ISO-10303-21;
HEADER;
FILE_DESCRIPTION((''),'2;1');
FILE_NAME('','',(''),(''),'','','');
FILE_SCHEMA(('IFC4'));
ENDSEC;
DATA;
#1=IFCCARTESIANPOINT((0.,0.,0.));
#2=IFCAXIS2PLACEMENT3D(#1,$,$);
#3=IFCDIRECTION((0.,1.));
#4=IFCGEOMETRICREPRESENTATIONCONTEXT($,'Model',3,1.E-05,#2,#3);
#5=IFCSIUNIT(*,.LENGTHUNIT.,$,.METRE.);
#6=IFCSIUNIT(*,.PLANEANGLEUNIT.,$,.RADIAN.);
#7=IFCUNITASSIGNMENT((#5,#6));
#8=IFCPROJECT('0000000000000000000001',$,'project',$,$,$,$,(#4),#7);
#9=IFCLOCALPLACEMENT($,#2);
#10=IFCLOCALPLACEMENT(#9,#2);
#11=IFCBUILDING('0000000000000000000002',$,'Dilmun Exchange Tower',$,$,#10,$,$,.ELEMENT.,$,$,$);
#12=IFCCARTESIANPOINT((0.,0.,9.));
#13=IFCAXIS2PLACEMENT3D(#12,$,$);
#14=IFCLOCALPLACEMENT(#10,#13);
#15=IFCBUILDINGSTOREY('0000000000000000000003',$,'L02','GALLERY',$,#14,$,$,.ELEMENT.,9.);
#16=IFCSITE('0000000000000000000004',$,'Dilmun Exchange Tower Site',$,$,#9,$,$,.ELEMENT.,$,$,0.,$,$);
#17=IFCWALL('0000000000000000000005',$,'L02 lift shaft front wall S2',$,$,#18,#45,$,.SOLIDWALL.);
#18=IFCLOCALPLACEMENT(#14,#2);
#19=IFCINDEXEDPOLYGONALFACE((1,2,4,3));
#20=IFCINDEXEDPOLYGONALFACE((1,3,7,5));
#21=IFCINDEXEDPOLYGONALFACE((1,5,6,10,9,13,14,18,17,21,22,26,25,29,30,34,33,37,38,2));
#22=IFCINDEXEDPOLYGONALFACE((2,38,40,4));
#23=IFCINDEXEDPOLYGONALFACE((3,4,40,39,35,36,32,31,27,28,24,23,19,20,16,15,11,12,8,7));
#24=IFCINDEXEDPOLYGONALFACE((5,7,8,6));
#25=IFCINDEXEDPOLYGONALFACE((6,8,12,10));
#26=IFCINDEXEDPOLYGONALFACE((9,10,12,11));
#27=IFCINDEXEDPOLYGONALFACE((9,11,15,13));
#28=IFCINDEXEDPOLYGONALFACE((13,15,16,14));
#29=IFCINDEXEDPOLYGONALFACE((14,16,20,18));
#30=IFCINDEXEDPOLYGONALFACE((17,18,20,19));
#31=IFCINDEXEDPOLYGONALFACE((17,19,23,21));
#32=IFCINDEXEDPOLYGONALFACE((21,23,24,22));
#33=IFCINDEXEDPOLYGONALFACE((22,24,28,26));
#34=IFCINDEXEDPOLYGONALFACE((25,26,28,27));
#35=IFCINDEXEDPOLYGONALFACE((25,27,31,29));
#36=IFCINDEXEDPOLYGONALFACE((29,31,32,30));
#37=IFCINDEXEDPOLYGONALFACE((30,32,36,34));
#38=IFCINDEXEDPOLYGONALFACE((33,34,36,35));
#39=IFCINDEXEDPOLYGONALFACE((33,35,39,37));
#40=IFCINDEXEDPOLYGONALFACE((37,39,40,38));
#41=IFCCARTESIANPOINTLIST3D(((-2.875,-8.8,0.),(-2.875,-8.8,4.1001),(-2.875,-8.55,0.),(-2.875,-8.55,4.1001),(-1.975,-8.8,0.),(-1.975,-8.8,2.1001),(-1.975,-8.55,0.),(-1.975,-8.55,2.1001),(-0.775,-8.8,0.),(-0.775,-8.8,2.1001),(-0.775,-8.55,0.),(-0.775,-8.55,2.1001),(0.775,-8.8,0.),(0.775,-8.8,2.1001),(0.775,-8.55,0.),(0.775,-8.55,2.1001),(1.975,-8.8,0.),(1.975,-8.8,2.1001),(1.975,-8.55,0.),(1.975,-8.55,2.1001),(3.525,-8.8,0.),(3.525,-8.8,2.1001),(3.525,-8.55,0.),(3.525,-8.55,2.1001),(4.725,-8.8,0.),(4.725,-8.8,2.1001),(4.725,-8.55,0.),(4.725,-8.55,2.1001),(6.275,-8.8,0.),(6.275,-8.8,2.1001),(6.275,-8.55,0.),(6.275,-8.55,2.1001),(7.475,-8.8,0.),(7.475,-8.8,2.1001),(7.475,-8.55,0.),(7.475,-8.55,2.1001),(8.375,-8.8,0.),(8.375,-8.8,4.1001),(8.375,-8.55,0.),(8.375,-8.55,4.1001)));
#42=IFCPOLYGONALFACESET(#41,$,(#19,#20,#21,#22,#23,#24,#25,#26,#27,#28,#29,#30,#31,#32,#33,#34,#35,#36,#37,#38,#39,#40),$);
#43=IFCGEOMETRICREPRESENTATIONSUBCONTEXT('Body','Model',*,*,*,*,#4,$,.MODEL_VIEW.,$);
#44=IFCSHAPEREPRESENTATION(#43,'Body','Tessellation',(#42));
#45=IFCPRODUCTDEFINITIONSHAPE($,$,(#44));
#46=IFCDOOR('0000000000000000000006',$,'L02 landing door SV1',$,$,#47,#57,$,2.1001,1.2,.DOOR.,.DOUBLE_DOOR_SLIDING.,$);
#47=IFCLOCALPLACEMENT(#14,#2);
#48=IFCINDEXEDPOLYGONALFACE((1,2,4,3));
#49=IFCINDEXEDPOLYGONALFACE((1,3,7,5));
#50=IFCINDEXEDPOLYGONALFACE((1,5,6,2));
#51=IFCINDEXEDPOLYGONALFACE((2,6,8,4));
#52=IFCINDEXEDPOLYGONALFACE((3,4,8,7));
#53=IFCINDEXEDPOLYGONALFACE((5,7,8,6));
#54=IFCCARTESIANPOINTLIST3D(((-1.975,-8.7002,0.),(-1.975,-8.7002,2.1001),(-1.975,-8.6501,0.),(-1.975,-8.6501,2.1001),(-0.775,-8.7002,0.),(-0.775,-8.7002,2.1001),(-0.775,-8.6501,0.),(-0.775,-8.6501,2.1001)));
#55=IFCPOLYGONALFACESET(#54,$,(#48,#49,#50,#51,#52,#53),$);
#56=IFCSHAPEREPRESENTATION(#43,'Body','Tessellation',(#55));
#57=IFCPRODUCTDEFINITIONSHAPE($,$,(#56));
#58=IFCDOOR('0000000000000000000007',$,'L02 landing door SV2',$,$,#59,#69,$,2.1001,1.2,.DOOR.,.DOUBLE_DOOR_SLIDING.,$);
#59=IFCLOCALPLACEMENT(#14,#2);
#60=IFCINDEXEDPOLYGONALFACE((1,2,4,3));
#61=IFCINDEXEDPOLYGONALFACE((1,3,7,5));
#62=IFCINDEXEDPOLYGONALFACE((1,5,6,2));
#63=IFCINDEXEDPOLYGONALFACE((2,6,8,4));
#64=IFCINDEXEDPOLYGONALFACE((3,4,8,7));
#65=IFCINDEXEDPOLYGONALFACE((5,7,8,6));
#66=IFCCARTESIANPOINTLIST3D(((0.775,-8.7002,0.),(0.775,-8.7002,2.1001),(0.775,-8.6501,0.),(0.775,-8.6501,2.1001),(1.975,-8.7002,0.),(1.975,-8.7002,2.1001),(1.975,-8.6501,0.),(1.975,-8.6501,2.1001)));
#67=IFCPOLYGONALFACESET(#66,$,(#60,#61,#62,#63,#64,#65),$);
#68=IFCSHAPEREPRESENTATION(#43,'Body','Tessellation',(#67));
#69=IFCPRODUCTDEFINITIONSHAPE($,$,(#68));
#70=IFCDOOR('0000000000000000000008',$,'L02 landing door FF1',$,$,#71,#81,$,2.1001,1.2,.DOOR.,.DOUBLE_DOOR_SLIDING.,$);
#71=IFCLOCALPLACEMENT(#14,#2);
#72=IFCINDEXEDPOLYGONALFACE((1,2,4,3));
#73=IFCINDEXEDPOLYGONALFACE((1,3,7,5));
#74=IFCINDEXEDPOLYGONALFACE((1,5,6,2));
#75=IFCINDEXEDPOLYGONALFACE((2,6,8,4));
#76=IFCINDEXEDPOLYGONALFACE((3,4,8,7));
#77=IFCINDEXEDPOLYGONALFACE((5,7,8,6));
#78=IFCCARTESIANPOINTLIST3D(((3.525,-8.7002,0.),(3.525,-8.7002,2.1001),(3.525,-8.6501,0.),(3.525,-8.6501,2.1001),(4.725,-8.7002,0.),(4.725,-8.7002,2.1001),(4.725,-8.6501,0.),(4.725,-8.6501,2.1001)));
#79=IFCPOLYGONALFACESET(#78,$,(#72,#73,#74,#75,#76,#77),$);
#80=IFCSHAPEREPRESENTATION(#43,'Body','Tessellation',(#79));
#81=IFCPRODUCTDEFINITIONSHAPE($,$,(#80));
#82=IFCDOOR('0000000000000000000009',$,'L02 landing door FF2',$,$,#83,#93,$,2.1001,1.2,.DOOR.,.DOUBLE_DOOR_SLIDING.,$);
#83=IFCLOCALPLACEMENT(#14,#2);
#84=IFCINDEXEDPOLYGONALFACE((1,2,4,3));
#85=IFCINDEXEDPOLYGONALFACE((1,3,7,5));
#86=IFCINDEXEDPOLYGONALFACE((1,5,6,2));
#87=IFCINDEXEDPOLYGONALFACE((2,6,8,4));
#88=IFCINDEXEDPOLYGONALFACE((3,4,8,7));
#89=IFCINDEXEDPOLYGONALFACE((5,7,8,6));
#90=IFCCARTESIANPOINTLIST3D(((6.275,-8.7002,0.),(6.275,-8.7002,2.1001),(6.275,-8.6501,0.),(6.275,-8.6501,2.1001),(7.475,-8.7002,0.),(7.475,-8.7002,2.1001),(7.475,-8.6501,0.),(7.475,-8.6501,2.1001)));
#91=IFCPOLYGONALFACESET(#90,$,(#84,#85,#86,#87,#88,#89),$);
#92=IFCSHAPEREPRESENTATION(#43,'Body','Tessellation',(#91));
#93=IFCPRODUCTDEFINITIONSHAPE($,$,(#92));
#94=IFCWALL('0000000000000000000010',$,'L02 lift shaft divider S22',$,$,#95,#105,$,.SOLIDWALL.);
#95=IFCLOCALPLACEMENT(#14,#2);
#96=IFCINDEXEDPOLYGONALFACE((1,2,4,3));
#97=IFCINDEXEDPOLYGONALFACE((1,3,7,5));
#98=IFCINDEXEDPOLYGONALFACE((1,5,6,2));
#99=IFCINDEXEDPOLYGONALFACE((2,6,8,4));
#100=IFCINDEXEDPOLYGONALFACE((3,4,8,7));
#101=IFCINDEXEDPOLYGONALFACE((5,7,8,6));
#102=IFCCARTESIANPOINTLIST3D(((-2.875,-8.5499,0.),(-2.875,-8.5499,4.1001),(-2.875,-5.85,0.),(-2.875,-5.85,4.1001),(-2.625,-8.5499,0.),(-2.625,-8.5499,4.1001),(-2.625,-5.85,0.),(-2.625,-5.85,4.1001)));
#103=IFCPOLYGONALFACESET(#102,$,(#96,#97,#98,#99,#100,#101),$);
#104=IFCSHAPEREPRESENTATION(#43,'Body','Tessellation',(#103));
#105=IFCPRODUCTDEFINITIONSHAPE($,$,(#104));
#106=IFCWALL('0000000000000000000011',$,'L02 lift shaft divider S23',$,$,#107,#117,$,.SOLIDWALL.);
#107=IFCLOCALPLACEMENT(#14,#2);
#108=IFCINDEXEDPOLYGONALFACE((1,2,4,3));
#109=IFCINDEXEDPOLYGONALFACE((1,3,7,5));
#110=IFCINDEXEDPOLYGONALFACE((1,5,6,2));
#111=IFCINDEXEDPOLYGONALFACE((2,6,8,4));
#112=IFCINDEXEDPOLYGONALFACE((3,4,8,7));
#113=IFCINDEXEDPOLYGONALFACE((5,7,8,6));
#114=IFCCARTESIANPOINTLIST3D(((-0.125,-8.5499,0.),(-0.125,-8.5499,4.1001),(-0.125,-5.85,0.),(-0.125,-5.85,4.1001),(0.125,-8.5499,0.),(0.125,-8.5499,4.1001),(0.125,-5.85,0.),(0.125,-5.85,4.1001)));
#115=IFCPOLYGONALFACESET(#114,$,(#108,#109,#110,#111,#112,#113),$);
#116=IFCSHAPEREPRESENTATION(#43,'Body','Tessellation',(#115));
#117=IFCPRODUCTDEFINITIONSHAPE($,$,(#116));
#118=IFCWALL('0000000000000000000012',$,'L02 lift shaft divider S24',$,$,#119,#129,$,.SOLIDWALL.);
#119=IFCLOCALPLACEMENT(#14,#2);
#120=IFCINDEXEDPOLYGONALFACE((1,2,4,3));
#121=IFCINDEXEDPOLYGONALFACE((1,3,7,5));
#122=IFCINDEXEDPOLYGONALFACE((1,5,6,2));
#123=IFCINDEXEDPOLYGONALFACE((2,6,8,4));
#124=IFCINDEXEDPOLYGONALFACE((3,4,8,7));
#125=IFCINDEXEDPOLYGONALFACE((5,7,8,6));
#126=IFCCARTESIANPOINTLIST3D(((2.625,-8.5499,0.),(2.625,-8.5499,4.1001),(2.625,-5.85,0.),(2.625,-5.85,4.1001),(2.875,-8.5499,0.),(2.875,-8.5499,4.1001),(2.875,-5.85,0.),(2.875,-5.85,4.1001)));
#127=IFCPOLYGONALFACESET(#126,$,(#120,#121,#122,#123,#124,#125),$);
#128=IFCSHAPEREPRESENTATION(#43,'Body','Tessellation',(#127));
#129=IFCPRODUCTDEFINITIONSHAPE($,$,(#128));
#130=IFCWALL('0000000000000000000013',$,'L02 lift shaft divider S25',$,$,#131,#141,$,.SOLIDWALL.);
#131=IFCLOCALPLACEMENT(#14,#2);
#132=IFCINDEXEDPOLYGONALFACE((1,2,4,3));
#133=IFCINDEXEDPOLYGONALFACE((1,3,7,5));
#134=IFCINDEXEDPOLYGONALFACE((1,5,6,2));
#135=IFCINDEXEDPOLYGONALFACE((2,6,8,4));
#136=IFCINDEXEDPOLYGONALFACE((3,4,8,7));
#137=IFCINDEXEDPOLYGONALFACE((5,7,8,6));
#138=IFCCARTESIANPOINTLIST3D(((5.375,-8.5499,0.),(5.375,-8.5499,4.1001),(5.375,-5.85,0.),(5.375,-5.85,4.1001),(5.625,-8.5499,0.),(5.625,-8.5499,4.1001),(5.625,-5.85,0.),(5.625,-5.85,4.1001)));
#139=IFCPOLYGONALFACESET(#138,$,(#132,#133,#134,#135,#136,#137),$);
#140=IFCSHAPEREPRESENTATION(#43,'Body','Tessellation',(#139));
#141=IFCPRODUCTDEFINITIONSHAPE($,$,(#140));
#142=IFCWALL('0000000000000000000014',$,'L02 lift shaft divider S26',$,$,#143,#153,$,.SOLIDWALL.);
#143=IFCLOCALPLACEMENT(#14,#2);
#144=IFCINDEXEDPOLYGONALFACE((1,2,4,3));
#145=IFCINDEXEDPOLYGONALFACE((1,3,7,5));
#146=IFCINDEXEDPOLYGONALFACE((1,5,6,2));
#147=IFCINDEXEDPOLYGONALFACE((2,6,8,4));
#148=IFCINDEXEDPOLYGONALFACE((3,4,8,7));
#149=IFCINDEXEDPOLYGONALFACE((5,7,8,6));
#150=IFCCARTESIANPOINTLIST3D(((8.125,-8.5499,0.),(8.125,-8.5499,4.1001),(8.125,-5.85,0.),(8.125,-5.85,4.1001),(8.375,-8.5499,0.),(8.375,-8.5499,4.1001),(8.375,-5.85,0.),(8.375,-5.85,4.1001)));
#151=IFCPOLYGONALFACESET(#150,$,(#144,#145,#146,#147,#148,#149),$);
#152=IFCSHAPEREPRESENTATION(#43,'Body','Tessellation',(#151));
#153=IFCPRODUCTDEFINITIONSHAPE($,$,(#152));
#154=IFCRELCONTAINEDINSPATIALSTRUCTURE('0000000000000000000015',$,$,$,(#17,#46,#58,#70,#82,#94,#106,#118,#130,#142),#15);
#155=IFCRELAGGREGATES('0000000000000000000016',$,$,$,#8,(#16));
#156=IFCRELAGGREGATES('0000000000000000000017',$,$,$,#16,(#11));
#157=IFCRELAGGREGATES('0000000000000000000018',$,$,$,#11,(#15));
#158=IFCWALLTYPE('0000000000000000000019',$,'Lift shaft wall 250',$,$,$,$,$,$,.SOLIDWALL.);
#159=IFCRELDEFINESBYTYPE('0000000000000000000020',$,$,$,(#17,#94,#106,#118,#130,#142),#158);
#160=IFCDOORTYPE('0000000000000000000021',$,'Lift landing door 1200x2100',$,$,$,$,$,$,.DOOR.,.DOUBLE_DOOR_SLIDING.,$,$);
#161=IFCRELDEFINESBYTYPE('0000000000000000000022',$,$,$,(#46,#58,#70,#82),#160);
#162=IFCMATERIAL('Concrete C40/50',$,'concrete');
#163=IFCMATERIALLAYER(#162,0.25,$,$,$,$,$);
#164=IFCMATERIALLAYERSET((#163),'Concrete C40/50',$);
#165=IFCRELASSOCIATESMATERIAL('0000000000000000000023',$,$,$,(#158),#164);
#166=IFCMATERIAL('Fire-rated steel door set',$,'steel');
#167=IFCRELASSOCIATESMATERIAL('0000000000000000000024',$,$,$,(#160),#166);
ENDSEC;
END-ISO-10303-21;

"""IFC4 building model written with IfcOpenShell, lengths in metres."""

from ifc_helpers import new_model, si_unit, direction, frame, frame_2d, origin, place, context, subcontext, project, spatial, rectangle, extrude, material, layer, layer_set, type_object, element, fill, save


model = new_model("IFC4")

# Units and contexts
model_context = context("Model", 3, precision=1e-05, world=origin(), true_north=direction((0.0, 1.0)))
body_context = subcontext(model_context, "Body", "Model", "MODEL_VIEW")
ifc_project = project(units=[si_unit("LENGTHUNIT", "METRE"), si_unit("PLANEANGLEUNIT", "RADIAN")], contexts=[model_context])

# Site, building, storey
site_placement = place(None, origin())
site = spatial("IfcSite", under=ifc_project, at=site_placement, Name="Dilmun Exchange Tower Site", CompositionType="ELEMENT", RefElevation=0.0)
building_placement = place(site_placement, origin())
building = spatial("IfcBuilding", under=site, at=building_placement, Name="Dilmun Exchange Tower", CompositionType="ELEMENT")
storey_placement = place(building_placement, frame((0.0, 0.0, 9.0)))
storey = spatial("IfcBuildingStorey", under=building, at=storey_placement, Name="L02", Description="GALLERY", CompositionType="ELEMENT", Elevation=9.0)

# Shared definitions
ifc_material_1 = material(Name="Concrete C40/50", Category="concrete")

# Shared definitions
ifc_layer_1 = layer(ifc_material_1, 0.25)
ifc_layer_set_1 = layer_set([ifc_layer_1], Name="Concrete C40/50")
wall_type_1 = type_object("IfcWallType", Name="Lift shaft wall 250", PredefinedType="SOLIDWALL", material=ifc_layer_set_1)

# Wall, openings, doors
wall_1_placement = place(storey_placement, frame((-2.875, -8.675, 0.0), z_axis=(0.0, 0.0, 1.0), x_axis=(1.0, 0.0, 0.0)))
wall_1 = element("IfcWall", 1, at=wall_1_placement, inside=storey, type_object=wall_type_1, Name="L02 lift shaft front wall S2", PredefinedType="SOLIDWALL", context=body_context, shape_type="SweptSolid", body=[
    extrude(rectangle(XDim=11.25, YDim=0.25, at=frame_2d((5.625, 0.0))), origin(), (0.0, 0.0, 1.0), 4.1001),
])
opening_1_placement = place(wall_1_placement, frame((0.8999, 0.0, 0.0)))
opening_1 = element("IfcOpeningElement", 2, at=opening_1_placement, cuts=wall_1, PredefinedType="OPENING", context=body_context, shape_type="SweptSolid", body=[
    extrude(rectangle(XDim=1.2, YDim=2.1001, at=frame_2d((0.6001, 1.05))), frame((0.0, 0.135, 0.0), z_axis=(0.0, -1.0, 0.0), x_axis=(1.0, 0.0, 0.0)), (0.0, 0.0, 1.0), 0.27),
])
opening_2_placement = place(wall_1_placement, frame((3.6499, 0.0, 0.0)))
opening_2 = element("IfcOpeningElement", 3, at=opening_2_placement, cuts=wall_1, PredefinedType="OPENING", context=body_context, shape_type="SweptSolid", body=[
    extrude(rectangle(XDim=1.2, YDim=2.1001, at=frame_2d((0.6001, 1.05))), frame((0.0, 0.135, 0.0), z_axis=(0.0, -1.0, 0.0), x_axis=(1.0, 0.0, 0.0)), (0.0, 0.0, 1.0), 0.27),
])
opening_3_placement = place(wall_1_placement, frame((6.3999, 0.0, 0.0)))
opening_3 = element("IfcOpeningElement", 4, at=opening_3_placement, cuts=wall_1, PredefinedType="OPENING", context=body_context, shape_type="SweptSolid", body=[
    extrude(rectangle(XDim=1.2, YDim=2.1001, at=frame_2d((0.6001, 1.05))), frame((0.0, 0.135, 0.0), z_axis=(0.0, -1.0, 0.0), x_axis=(1.0, 0.0, 0.0)), (0.0, 0.0, 1.0), 0.27),
])
opening_4_placement = place(wall_1_placement, frame((9.1499, 0.0, 0.0)))
opening_4 = element("IfcOpeningElement", 5, at=opening_4_placement, cuts=wall_1, PredefinedType="OPENING", context=body_context, shape_type="SweptSolid", body=[
    extrude(rectangle(XDim=1.2, YDim=2.1001, at=frame_2d((0.6001, 1.05))), frame((0.0, 0.135, 0.0), z_axis=(0.0, -1.0, 0.0), x_axis=(1.0, 0.0, 0.0)), (0.0, 0.0, 1.0), 0.27),
])
ifc_material_2 = material(Name="Fire-rated steel door set", Category="steel")
door_type_1 = type_object("IfcDoorType", Name="Lift landing door 1200x2100", OperationType="DOUBLE_DOOR_SLIDING", PredefinedType="DOOR", material=ifc_material_2)
door_1_placement = place(opening_1_placement, origin())
door_1 = element("IfcDoor", 6, at=door_1_placement, inside=storey, type_object=door_type_1, Name="L02 landing door SV1", OperationType="DOUBLE_DOOR_SLIDING", OverallHeight=2.1001, OverallWidth=1.2, PredefinedType="DOOR", context=body_context, shape_type="SweptSolid", body=[
    extrude(rectangle(XDim=1.2, YDim=2.1001, at=frame_2d((0.6001, 1.05))), frame((0.0, 0.0249, 0.0), z_axis=(0.0, -1.0, 0.0), x_axis=(1.0, 0.0, 0.0)), (0.0, 0.0, 1.0), 0.05),
])
fill(opening_1, door_1)
door_2_placement = place(opening_2_placement, origin())
door_2 = element("IfcDoor", 7, at=door_2_placement, inside=storey, type_object=door_type_1, Name="L02 landing door SV2", OperationType="DOUBLE_DOOR_SLIDING", OverallHeight=2.1001, OverallWidth=1.2, PredefinedType="DOOR", context=body_context, shape_type="SweptSolid", body=[
    extrude(rectangle(XDim=1.2, YDim=2.1001, at=frame_2d((0.6001, 1.05))), frame((0.0, 0.0249, 0.0), z_axis=(0.0, -1.0, 0.0), x_axis=(1.0, 0.0, 0.0)), (0.0, 0.0, 1.0), 0.05),
])
fill(opening_2, door_2)
door_3_placement = place(opening_3_placement, origin())
door_3 = element("IfcDoor", 8, at=door_3_placement, inside=storey, type_object=door_type_1, Name="L02 landing door FF1", OperationType="DOUBLE_DOOR_SLIDING", OverallHeight=2.1001, OverallWidth=1.2, PredefinedType="DOOR", context=body_context, shape_type="SweptSolid", body=[
    extrude(rectangle(XDim=1.2, YDim=2.1001, at=frame_2d((0.6001, 1.05))), frame((0.0, 0.0249, 0.0), z_axis=(0.0, -1.0, 0.0), x_axis=(1.0, 0.0, 0.0)), (0.0, 0.0, 1.0), 0.05),
])
fill(opening_3, door_3)
door_4_placement = place(opening_4_placement, origin())
door_4 = element("IfcDoor", 9, at=door_4_placement, inside=storey, type_object=door_type_1, Name="L02 landing door FF2", OperationType="DOUBLE_DOOR_SLIDING", OverallHeight=2.1001, OverallWidth=1.2, PredefinedType="DOOR", context=body_context, shape_type="SweptSolid", body=[
    extrude(rectangle(XDim=1.2, YDim=2.1001, at=frame_2d((0.6001, 1.05))), frame((0.0, 0.0249, 0.0), z_axis=(0.0, -1.0, 0.0), x_axis=(1.0, 0.0, 0.0)), (0.0, 0.0, 1.0), 0.05),
])
fill(opening_4, door_4)

# Walls
for number, where, z_axis, x_axis, name in (
    (10, (-2.75, -8.55, 0.0), (0.0, 0.0, 1.0), (0.0, 1.0, 0.0), "L02 lift shaft divider S22"),
    (11, (0.0, -8.55, 0.0), (0.0, 0.0, 1.0), (0.0, 1.0, 0.0), "L02 lift shaft divider S23"),
    (12, (2.75, -8.55, 0.0), (0.0, 0.0, 1.0), (0.0, 1.0, 0.0), "L02 lift shaft divider S24"),
    (13, (5.5, -8.55, 0.0), (0.0, 0.0, 1.0), (0.0, 1.0, 0.0), "L02 lift shaft divider S25"),
    (14, (8.25, -8.55, 0.0), (0.0, 0.0, 1.0), (0.0, 1.0, 0.0), "L02 lift shaft divider S26"),
):
    element("IfcWall", number, at=place(storey_placement, frame(where, z_axis=z_axis, x_axis=x_axis)), inside=storey, type_object=wall_type_1, Name=name, PredefinedType="SOLIDWALL", context=body_context, shape_type="SweptSolid", body=[
        extrude(rectangle(XDim=2.7, YDim=0.25, at=frame_2d((1.3501, 0.0))), origin(), (0.0, 0.0, 1.0), 4.1001),
    ])

save(model, "model.ifc")
